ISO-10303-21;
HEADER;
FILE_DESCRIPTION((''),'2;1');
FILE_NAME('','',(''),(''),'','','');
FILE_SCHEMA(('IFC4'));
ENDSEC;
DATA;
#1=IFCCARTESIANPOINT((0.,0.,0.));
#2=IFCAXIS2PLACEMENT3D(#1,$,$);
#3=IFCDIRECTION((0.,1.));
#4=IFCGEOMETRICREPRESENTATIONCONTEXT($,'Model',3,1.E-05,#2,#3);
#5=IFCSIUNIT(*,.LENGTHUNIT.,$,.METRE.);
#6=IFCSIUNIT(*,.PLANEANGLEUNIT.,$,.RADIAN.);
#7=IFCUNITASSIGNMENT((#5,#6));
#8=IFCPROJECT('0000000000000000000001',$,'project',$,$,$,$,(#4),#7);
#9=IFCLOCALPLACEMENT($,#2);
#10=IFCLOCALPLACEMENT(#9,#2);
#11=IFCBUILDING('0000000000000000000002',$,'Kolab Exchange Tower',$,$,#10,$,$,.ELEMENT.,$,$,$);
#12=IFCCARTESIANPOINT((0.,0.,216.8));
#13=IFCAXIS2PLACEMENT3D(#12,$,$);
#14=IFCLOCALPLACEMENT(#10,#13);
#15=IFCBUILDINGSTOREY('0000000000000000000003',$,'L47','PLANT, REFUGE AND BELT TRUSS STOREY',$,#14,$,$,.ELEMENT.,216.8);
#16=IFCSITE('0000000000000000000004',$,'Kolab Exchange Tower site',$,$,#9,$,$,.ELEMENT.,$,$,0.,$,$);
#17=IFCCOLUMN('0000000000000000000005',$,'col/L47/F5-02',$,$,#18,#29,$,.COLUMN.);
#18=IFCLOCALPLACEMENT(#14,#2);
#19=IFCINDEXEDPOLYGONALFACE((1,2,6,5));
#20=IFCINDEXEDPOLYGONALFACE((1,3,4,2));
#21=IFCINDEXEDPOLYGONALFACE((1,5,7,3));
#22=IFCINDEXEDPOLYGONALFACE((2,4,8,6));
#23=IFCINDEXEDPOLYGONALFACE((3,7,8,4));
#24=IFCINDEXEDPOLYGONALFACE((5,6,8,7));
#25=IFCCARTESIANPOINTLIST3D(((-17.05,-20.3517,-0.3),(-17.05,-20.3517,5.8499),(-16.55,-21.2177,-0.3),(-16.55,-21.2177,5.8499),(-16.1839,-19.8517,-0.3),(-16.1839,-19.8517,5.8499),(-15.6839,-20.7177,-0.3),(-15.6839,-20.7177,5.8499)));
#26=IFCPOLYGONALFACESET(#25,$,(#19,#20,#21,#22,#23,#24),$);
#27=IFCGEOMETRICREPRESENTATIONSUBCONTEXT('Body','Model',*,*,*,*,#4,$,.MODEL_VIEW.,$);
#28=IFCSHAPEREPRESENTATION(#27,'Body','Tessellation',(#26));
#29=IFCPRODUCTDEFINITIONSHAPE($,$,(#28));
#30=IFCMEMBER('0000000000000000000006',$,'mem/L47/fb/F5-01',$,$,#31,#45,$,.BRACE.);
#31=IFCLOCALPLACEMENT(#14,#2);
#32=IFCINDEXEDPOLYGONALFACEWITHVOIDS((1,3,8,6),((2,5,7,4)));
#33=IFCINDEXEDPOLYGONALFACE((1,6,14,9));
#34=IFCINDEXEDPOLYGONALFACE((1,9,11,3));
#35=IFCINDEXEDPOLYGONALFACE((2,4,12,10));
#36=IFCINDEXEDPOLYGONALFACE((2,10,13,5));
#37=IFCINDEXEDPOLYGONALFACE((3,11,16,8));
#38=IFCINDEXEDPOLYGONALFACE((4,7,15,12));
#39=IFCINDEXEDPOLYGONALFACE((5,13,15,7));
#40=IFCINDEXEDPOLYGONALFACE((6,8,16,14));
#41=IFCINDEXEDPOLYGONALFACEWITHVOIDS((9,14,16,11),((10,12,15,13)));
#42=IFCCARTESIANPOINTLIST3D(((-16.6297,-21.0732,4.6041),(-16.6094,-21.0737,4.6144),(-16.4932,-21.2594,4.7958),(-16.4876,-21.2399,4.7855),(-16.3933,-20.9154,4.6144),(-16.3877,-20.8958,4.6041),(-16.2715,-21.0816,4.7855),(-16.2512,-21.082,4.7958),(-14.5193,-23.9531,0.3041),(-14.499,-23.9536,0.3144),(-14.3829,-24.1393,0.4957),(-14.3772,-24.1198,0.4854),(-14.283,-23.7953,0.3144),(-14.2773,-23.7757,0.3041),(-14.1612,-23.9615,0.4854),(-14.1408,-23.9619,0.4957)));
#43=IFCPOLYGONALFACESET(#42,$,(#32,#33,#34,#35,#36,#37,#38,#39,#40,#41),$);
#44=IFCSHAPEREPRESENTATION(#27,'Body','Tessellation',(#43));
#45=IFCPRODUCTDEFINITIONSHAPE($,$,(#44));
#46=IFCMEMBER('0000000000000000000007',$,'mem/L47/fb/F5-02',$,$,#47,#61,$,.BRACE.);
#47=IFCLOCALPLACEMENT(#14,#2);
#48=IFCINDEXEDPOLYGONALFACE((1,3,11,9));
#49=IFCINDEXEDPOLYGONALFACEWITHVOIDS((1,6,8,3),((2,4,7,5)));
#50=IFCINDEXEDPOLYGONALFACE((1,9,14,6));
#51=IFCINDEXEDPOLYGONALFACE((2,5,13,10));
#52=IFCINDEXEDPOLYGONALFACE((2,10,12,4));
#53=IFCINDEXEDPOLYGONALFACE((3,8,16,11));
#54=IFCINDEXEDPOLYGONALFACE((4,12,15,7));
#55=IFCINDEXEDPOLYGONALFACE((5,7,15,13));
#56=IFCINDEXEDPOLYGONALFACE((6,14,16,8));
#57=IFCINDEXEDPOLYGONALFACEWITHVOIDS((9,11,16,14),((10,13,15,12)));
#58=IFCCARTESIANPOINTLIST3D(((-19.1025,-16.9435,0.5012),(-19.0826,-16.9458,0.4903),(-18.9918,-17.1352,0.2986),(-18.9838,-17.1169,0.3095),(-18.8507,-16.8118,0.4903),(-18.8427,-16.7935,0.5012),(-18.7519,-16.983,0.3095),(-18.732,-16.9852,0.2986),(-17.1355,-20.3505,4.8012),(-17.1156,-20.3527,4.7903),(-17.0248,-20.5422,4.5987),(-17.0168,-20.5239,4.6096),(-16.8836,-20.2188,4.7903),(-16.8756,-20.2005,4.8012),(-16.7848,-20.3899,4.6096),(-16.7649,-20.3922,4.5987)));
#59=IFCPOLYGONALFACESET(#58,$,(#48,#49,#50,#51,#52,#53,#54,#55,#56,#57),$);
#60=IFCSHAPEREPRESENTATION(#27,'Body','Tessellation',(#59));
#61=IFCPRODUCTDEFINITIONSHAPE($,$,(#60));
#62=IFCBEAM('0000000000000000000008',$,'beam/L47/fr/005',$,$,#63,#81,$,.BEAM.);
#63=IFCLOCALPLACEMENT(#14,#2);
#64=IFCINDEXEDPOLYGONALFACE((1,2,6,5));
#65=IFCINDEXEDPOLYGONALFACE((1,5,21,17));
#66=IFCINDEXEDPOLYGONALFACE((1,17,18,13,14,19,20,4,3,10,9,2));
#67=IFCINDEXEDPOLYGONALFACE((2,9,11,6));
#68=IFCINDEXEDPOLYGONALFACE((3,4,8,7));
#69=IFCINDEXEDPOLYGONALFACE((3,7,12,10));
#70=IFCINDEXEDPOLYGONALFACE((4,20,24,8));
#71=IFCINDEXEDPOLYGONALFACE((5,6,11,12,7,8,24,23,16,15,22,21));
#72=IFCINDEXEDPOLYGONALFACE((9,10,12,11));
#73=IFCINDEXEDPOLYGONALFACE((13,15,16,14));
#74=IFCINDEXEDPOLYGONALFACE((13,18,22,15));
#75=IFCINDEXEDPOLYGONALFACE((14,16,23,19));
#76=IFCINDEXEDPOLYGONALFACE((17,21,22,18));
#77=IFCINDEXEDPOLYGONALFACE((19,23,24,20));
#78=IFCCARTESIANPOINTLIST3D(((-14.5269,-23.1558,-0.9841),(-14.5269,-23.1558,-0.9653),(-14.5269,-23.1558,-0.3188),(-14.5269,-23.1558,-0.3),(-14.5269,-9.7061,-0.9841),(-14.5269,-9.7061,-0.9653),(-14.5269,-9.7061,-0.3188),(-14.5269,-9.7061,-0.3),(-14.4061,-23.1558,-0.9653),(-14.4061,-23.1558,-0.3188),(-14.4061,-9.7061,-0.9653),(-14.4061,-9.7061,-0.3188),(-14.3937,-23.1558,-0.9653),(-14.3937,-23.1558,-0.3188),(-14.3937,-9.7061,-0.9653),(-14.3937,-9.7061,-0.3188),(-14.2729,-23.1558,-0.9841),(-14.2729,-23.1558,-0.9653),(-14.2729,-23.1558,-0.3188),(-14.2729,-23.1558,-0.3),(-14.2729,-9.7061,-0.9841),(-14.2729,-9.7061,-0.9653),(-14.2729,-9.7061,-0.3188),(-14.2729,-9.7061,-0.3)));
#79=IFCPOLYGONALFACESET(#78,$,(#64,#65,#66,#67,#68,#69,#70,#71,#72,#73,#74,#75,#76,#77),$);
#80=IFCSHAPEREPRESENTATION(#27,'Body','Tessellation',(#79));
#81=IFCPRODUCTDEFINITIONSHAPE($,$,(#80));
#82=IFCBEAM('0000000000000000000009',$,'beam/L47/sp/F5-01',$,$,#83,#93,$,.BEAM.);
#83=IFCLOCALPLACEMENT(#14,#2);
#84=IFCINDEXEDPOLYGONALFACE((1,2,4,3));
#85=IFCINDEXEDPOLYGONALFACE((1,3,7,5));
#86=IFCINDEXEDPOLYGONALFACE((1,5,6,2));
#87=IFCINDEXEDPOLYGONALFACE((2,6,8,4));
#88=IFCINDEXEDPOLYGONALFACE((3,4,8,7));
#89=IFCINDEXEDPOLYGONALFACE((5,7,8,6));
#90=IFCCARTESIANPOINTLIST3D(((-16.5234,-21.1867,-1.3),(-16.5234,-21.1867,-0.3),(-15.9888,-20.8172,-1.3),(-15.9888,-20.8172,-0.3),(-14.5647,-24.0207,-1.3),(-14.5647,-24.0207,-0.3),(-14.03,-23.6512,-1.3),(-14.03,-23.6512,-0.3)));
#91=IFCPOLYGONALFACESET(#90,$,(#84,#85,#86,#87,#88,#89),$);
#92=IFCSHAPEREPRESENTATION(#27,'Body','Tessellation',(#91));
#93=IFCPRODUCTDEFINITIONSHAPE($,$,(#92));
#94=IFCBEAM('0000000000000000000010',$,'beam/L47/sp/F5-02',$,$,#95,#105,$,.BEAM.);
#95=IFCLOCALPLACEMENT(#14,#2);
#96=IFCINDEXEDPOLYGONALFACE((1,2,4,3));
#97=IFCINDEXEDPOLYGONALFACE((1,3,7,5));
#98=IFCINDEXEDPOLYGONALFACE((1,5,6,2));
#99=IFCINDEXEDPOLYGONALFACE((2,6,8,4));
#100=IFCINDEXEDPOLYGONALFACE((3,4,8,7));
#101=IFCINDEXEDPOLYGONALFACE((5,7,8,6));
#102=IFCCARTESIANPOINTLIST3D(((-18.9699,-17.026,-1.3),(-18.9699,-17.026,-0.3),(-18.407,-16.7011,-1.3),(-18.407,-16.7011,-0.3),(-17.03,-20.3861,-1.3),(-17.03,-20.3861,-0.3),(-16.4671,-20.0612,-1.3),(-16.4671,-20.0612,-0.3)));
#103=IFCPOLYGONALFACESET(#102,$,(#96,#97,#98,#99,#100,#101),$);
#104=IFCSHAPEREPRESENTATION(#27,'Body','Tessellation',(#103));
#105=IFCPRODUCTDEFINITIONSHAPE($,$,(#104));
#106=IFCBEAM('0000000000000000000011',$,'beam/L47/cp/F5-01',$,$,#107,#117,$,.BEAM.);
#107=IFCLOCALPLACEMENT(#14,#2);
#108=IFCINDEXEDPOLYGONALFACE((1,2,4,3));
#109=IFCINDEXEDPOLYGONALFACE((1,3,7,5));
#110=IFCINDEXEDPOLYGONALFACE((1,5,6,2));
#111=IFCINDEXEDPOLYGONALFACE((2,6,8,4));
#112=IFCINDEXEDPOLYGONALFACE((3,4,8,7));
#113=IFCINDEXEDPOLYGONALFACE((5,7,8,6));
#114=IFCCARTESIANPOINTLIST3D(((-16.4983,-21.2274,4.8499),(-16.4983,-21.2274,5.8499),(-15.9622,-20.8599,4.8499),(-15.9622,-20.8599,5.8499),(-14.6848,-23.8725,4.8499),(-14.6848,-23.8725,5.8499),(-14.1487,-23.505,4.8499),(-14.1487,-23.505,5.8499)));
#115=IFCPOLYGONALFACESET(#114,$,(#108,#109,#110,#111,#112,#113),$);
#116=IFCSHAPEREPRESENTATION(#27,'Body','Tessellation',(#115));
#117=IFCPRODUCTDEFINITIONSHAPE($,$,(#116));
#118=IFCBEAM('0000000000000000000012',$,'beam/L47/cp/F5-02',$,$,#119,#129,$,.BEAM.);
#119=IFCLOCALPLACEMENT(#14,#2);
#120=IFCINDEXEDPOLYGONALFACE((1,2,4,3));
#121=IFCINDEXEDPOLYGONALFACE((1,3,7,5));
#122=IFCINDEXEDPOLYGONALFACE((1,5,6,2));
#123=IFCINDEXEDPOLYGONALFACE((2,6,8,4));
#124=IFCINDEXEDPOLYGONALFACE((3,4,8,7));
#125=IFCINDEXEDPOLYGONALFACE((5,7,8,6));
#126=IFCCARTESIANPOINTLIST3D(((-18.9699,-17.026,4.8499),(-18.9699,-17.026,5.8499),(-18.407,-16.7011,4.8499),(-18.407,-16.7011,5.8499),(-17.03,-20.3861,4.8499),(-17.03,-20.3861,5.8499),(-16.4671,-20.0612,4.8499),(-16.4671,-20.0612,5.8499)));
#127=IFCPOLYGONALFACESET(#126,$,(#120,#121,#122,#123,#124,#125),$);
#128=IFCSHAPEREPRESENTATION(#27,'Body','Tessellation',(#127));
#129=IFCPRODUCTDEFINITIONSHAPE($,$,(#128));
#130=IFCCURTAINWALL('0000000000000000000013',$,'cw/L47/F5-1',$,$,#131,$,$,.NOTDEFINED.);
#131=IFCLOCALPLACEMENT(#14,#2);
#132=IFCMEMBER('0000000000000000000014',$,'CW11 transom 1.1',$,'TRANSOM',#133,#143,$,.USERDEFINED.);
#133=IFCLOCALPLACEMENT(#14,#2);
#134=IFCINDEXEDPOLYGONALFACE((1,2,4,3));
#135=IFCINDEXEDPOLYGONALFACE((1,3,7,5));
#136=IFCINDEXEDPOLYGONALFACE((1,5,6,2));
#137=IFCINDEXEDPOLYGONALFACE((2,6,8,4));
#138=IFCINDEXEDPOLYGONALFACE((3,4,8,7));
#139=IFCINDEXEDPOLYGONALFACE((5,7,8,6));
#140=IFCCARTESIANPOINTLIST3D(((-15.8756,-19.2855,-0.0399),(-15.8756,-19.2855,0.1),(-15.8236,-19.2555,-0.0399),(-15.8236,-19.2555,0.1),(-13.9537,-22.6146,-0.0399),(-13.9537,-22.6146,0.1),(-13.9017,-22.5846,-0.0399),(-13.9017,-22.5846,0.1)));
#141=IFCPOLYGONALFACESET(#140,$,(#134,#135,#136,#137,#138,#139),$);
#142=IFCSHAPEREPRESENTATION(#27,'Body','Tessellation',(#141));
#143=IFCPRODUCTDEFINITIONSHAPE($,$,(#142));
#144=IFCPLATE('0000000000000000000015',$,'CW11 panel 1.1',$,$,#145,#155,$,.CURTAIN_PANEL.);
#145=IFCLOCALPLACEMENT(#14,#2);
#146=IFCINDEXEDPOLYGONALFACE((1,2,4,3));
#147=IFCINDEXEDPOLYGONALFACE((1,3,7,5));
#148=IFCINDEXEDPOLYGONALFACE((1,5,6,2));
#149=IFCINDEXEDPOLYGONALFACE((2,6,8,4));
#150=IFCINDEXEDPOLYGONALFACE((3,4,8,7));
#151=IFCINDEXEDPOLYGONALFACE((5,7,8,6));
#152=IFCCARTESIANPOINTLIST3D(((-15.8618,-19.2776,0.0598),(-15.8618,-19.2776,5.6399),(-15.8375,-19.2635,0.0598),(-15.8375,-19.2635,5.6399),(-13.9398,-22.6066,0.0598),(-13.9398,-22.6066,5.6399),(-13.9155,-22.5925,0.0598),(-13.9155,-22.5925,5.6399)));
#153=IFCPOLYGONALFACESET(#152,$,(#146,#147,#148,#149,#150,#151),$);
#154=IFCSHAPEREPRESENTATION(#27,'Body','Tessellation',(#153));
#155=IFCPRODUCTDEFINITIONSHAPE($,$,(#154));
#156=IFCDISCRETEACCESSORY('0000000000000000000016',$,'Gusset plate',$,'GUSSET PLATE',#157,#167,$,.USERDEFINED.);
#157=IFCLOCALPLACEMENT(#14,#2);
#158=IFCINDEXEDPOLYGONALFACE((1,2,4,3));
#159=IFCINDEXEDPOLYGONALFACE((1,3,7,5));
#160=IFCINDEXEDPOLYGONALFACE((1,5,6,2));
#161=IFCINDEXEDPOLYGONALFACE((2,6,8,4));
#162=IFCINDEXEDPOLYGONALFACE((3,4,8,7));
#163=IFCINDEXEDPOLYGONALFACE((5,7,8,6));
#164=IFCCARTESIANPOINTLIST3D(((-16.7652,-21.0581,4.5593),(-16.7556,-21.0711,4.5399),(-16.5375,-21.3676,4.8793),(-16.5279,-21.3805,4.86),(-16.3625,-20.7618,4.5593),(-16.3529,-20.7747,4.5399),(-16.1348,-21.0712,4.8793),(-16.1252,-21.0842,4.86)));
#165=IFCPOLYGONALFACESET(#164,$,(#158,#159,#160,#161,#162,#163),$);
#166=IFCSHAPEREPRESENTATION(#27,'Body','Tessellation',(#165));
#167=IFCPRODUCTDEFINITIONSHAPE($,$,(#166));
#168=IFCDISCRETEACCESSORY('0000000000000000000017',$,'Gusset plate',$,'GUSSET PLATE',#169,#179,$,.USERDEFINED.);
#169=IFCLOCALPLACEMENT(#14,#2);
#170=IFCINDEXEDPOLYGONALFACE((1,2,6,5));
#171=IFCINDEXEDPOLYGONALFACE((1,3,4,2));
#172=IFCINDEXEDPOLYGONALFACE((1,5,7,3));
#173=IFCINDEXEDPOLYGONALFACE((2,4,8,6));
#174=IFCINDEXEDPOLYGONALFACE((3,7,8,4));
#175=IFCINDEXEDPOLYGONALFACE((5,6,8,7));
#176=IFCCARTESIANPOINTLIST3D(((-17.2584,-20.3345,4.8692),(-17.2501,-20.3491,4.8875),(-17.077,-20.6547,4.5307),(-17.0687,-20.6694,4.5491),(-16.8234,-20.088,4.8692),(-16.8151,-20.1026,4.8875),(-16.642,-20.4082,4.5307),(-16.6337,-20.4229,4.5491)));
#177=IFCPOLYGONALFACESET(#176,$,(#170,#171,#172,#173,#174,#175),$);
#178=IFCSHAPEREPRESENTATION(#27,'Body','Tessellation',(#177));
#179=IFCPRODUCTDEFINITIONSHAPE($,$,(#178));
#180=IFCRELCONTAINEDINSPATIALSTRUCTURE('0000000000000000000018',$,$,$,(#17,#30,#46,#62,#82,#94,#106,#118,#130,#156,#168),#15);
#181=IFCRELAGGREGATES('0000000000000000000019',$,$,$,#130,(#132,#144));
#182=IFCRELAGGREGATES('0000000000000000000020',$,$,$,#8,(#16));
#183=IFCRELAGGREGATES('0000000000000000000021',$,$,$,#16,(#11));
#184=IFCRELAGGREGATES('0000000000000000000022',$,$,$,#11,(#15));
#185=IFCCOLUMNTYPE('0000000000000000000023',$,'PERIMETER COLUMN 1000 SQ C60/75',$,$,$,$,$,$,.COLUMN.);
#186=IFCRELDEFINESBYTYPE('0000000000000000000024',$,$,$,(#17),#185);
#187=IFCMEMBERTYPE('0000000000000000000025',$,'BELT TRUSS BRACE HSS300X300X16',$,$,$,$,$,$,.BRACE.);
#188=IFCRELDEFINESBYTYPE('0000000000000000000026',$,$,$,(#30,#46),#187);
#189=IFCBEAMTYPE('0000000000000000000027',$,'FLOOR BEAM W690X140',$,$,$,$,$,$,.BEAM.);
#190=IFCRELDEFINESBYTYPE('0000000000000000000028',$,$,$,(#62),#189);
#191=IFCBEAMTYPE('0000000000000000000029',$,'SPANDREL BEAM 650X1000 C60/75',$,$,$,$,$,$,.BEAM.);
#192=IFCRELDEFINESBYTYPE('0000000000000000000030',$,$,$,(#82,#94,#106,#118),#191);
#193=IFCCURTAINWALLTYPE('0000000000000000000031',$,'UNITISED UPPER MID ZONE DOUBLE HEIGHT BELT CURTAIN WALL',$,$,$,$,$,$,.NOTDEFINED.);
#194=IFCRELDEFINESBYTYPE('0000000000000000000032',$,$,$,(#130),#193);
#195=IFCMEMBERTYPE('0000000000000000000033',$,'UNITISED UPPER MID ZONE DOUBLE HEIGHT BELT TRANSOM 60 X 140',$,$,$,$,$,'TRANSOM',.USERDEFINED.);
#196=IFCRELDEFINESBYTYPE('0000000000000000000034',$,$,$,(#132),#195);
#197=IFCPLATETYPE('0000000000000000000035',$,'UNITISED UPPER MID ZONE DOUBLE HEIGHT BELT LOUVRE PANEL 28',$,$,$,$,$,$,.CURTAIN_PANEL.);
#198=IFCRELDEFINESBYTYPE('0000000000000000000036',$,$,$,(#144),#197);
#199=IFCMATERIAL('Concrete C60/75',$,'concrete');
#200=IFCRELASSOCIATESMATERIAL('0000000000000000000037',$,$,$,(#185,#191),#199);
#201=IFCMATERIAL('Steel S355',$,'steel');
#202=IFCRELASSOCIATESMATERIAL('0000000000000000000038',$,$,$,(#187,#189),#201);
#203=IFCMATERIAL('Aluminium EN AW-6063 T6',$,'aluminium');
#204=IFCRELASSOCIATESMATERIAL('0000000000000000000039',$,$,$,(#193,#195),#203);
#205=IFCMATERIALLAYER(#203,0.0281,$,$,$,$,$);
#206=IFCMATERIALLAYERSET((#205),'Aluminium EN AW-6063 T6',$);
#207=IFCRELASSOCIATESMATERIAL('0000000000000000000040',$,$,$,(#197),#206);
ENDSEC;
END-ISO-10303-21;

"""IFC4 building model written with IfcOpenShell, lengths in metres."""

from ifc_helpers import new_model, si_unit, direction, frame, origin, origin_2d, place, context, subcontext, project, spatial, rectangle, hollow_rectangle, i_section, extrude, material, layer, layer_set, material_profile, profile_set, type_object, element, aggregate, save


model = new_model("IFC4")

# Units and contexts
model_context = context("Model", 3, precision=1e-05, world=origin(), true_north=direction((0.0, 1.0)))
body_context = subcontext(model_context, "Body", "Model", "MODEL_VIEW")
ifc_project = project(units=[si_unit("LENGTHUNIT", "METRE"), si_unit("PLANEANGLEUNIT", "RADIAN")], contexts=[model_context])

# Site, building, storey
site_placement = place(None, origin())
site = spatial("IfcSite", under=ifc_project, at=site_placement, Name="Kolab Exchange Tower site", CompositionType="ELEMENT", RefElevation=0.0)
building_placement = place(site_placement, origin())
building = spatial("IfcBuilding", under=site, at=building_placement, Name="Kolab Exchange Tower", CompositionType="ELEMENT")
storey_placement = place(building_placement, frame((0.0, 0.0, 216.8)))
storey = spatial("IfcBuildingStorey", under=building, at=storey_placement, Name="L47", Description="PLANT, REFUGE AND BELT TRUSS STOREY", CompositionType="ELEMENT", Elevation=216.8)

# Column
ifc_material_1 = material(Name="Concrete C60/75", Category="concrete")
ifc_material_profile_1 = material_profile(ifc_material_1, rectangle(XDim=1.0, YDim=1.0, at=origin_2d()), Name="RC1000")
ifc_profile_set_1 = profile_set([ifc_material_profile_1], Name="Concrete C60/75")
column_type = type_object("IfcColumnType", Name="PERIMETER COLUMN 1000 SQ C60/75", PredefinedType="COLUMN", material=ifc_profile_set_1)
column_placement = place(storey_placement, frame((-16.3669, -20.5347, -0.3), z_axis=(0.0, 0.0, 1.0), x_axis=(0.866025, 0.5, 0.0)))
element("IfcColumn", 1, at=column_placement, inside=storey, type_object=column_type, Name="col/L47/F5-02", PredefinedType="COLUMN", context=body_context, shape_type="SweptSolid", body=[
    extrude(rectangle(XDim=1.0, YDim=1.0, at=origin_2d()), origin(), (0.0, 0.0, 1.0), 6.1499),
])

# Members
ifc_material_2 = material(Name="Steel S355", Category="steel")
ifc_material_profile_2 = material_profile(ifc_material_2, hollow_rectangle(XDim=0.3, YDim=0.3, WallThickness=0.0161, at=origin_2d()), Name="HSS300X300X16")
ifc_profile_set_2 = profile_set([ifc_material_profile_2], Name="Steel S355")
member_type_1 = type_object("IfcMemberType", Name="BELT TRUSS BRACE HSS300X300X16", PredefinedType="BRACE", material=ifc_profile_set_2)
member_1_placement = place(storey_placement, frame((-14.3301, -23.9575, 0.3999), z_axis=(-0.377585, 0.51527, 0.769367), x_axis=(-0.806614, -0.591079, 0.0)))
element("IfcMember", 2, at=member_1_placement, inside=storey, type_object=member_type_1, Name="mem/L47/fb/F5-01", PredefinedType="BRACE", context=body_context, shape_type="SweptSolid", body=[
    extrude(hollow_rectangle(XDim=0.3, YDim=0.3, WallThickness=0.0161, at=origin_2d()), origin(), (0.0, 0.0, 1.0), 5.5891),
])
member_2_placement = place(storey_placement, frame((-16.9502, -20.3713, 4.7), z_axis=(-0.337508, 0.584575, -0.737808), x_axis=(-0.866023, -0.500004, 0.0)))
element("IfcMember", 3, at=member_2_placement, inside=storey, type_object=member_type_1, Name="mem/L47/fb/F5-02", PredefinedType="BRACE", context=body_context, shape_type="SweptSolid", body=[
    extrude(hollow_rectangle(XDim=0.3, YDim=0.3, WallThickness=0.0161, at=origin_2d()), origin(), (0.0, 0.0, 1.0), 5.8281),
])

# Beams
ifc_material_profile_3 = material_profile(ifc_material_2, i_section(OverallWidth=0.2539, OverallDepth=0.6841, WebThickness=0.0125, FlangeThickness=0.0188, at=origin_2d()), Name="W690X140")
ifc_profile_set_3 = profile_set([ifc_material_profile_3], Name="Steel S355")
beam_type_1 = type_object("IfcBeamType", Name="FLOOR BEAM W690X140", PredefinedType="BEAM", material=ifc_profile_set_3)
beam_1_placement = place(storey_placement, frame((-14.3999, -23.1558, -0.6421), z_axis=(0.0, 1.0, 0.0), x_axis=(-1.0, 0.0, 0.0)))
element("IfcBeam", 4, at=beam_1_placement, inside=storey, type_object=beam_type_1, Name="beam/L47/fr/005", PredefinedType="BEAM", context=body_context, shape_type="SweptSolid", body=[
    extrude(i_section(OverallWidth=0.2539, OverallDepth=0.6841, WebThickness=0.0125, FlangeThickness=0.0188, at=origin_2d()), origin(), (0.0, 0.0, 1.0), 13.4497),
])
ifc_material_profile_4 = material_profile(ifc_material_1, rectangle(XDim=0.6499, YDim=1.0, at=origin_2d()), Name="RC650X1000")
ifc_profile_set_4 = profile_set([ifc_material_profile_4], Name="Concrete C60/75")
beam_type_2 = type_object("IfcBeamType", Name="SPANDREL BEAM 650X1000 C60/75", PredefinedType="BEAM", material=ifc_profile_set_4)
beam_2_placement = place(storey_placement, frame((-14.2974, -23.8359, -0.8), z_axis=(-0.568572, 0.822633, 0.0), x_axis=(-0.822633, -0.568572, 0.0)))
element("IfcBeam", 5, at=beam_2_placement, inside=storey, type_object=beam_type_2, Name="beam/L47/sp/F5-01", PredefinedType="BEAM", context=body_context, shape_type="SweptSolid", body=[
    extrude(rectangle(XDim=0.6499, YDim=1.0, at=origin_2d()), origin(), (0.0, 0.0, 1.0), 3.4451),
])
beam_3_placement = place(storey_placement, frame((-16.7485, -20.2236, -0.8), z_axis=(-0.499997, 0.866027, 0.0), x_axis=(-0.866027, -0.499997, 0.0)))
element("IfcBeam", 6, at=beam_3_placement, inside=storey, type_object=beam_type_2, Name="beam/L47/sp/F5-02", PredefinedType="BEAM", context=body_context, shape_type="SweptSolid", body=[
    extrude(rectangle(XDim=0.6499, YDim=1.0, at=origin_2d()), origin(), (0.0, 0.0, 1.0), 3.8799),
])
beam_4_placement = place(storey_placement, frame((-14.4167, -23.6887, 5.3499), z_axis=(-0.565475, 0.824765, 0.0), x_axis=(-0.824765, -0.565475, 0.0)))
element("IfcBeam", 7, at=beam_4_placement, inside=storey, type_object=beam_type_2, Name="beam/L47/cp/F5-01", PredefinedType="BEAM", context=body_context, shape_type="SweptSolid", body=[
    extrude(rectangle(XDim=0.6499, YDim=1.0, at=origin_2d()), origin(), (0.0, 0.0, 1.0), 3.207),
])
beam_5_placement = place(storey_placement, frame((-16.7485, -20.2236, 5.3499), z_axis=(-0.499997, 0.866027, 0.0), x_axis=(-0.866027, -0.499997, 0.0)))
element("IfcBeam", 8, at=beam_5_placement, inside=storey, type_object=beam_type_2, Name="beam/L47/cp/F5-02", PredefinedType="BEAM", context=body_context, shape_type="SweptSolid", body=[
    extrude(rectangle(XDim=0.6499, YDim=1.0, at=origin_2d()), origin(), (0.0, 0.0, 1.0), 3.8799),
])

# Curtain wall, member, plate
ifc_material_3 = material(Name="Aluminium EN AW-6063 T6", Category="aluminium")
curtain_wall_type = type_object("IfcCurtainWallType", Name="UNITISED UPPER MID ZONE DOUBLE HEIGHT BELT CURTAIN WALL", PredefinedType="NOTDEFINED", material=ifc_material_3)
curtain_wall_placement = place(storey_placement, origin())
curtain_wall = element("IfcCurtainWall", 9, at=curtain_wall_placement, inside=storey, type_object=curtain_wall_type, Name="cw/L47/F5-1", PredefinedType="NOTDEFINED")
ifc_material_profile_5 = material_profile(ifc_material_3, rectangle(XDim=0.0601, YDim=0.1399, at=origin_2d()), Name="RECT 60X140")
ifc_profile_set_5 = profile_set([ifc_material_profile_5], Name="Aluminium EN AW-6063 T6")
member_type_2 = type_object("IfcMemberType", Name="UNITISED UPPER MID ZONE DOUBLE HEIGHT BELT TRANSOM 60 X 140", ElementType="TRANSOM", PredefinedType="USERDEFINED", material=ifc_profile_set_5)
member_3_placement = place(storey_placement, frame((-13.9277, -22.5996, 0.03), z_axis=(-0.499964, 0.866046, 0.0), x_axis=(-0.866046, -0.499964, 0.0)))
member_3 = element("IfcMember", 10, at=member_3_placement, type_object=member_type_2, Name="CW11 transom 1.1", ObjectType="TRANSOM", PredefinedType="USERDEFINED", context=body_context, shape_type="SweptSolid", body=[
    extrude(rectangle(XDim=0.0601, YDim=0.1399, at=origin_2d()), origin(), (0.0, 0.0, 1.0), 3.844),
])
ifc_layer = layer(ifc_material_3, 0.0281)
ifc_layer_set = layer_set([ifc_layer], Name="Aluminium EN AW-6063 T6")
plate_type = type_object("IfcPlateType", Name="UNITISED UPPER MID ZONE DOUBLE HEIGHT BELT LOUVRE PANEL 28", PredefinedType="CURTAIN_PANEL", material=ifc_layer_set)
plate_placement = place(storey_placement, frame((-14.8887, -20.9351, 0.0598), z_axis=(0.0, 0.0, 1.0), x_axis=(-0.5, 0.866025, 0.0)))
plate = element("IfcPlate", 11, at=plate_placement, type_object=plate_type, Name="CW11 panel 1.1", PredefinedType="CURTAIN_PANEL", context=body_context, shape_type="SweptSolid", body=[
    extrude(rectangle(XDim=3.844, YDim=0.0281, at=origin_2d()), origin(), (0.0, 0.0, 1.0), 5.5801),
])
aggregate(curtain_wall, [member_3, plate])

# Discrete accessories
discrete_accessory_1_placement = place(storey_placement, frame((-16.4404, -21.0776, 4.7), z_axis=(-0.379321, 0.515487, 0.768368), x_axis=(-0.805438, -0.592681, 0.0)))
element("IfcDiscreteAccessory", 12, at=discrete_accessory_1_placement, inside=storey, Name="Gusset plate", ObjectType="GUSSET PLATE", PredefinedType="USERDEFINED", context=body_context, shape_type="SweptSolid", body=[
    extrude(rectangle(XDim=0.5, YDim=0.5, at=origin_2d()), origin(), (0.0, 0.0, 1.0), 0.0251),
])
discrete_accessory_2_placement = place(storey_placement, frame((-16.9502, -20.3713, 4.7), z_axis=(0.333702, -0.588887, 0.736108), x_axis=(0.870022, 0.493013, 0.0)))
element("IfcDiscreteAccessory", 13, at=discrete_accessory_2_placement, inside=storey, Name="Gusset plate", ObjectType="GUSSET PLATE", PredefinedType="USERDEFINED", context=body_context, shape_type="SweptSolid", body=[
    extrude(rectangle(XDim=0.5, YDim=0.5, at=origin_2d()), origin(), (0.0, 0.0, 1.0), 0.0249),
])

save(model, "model.ifc")
